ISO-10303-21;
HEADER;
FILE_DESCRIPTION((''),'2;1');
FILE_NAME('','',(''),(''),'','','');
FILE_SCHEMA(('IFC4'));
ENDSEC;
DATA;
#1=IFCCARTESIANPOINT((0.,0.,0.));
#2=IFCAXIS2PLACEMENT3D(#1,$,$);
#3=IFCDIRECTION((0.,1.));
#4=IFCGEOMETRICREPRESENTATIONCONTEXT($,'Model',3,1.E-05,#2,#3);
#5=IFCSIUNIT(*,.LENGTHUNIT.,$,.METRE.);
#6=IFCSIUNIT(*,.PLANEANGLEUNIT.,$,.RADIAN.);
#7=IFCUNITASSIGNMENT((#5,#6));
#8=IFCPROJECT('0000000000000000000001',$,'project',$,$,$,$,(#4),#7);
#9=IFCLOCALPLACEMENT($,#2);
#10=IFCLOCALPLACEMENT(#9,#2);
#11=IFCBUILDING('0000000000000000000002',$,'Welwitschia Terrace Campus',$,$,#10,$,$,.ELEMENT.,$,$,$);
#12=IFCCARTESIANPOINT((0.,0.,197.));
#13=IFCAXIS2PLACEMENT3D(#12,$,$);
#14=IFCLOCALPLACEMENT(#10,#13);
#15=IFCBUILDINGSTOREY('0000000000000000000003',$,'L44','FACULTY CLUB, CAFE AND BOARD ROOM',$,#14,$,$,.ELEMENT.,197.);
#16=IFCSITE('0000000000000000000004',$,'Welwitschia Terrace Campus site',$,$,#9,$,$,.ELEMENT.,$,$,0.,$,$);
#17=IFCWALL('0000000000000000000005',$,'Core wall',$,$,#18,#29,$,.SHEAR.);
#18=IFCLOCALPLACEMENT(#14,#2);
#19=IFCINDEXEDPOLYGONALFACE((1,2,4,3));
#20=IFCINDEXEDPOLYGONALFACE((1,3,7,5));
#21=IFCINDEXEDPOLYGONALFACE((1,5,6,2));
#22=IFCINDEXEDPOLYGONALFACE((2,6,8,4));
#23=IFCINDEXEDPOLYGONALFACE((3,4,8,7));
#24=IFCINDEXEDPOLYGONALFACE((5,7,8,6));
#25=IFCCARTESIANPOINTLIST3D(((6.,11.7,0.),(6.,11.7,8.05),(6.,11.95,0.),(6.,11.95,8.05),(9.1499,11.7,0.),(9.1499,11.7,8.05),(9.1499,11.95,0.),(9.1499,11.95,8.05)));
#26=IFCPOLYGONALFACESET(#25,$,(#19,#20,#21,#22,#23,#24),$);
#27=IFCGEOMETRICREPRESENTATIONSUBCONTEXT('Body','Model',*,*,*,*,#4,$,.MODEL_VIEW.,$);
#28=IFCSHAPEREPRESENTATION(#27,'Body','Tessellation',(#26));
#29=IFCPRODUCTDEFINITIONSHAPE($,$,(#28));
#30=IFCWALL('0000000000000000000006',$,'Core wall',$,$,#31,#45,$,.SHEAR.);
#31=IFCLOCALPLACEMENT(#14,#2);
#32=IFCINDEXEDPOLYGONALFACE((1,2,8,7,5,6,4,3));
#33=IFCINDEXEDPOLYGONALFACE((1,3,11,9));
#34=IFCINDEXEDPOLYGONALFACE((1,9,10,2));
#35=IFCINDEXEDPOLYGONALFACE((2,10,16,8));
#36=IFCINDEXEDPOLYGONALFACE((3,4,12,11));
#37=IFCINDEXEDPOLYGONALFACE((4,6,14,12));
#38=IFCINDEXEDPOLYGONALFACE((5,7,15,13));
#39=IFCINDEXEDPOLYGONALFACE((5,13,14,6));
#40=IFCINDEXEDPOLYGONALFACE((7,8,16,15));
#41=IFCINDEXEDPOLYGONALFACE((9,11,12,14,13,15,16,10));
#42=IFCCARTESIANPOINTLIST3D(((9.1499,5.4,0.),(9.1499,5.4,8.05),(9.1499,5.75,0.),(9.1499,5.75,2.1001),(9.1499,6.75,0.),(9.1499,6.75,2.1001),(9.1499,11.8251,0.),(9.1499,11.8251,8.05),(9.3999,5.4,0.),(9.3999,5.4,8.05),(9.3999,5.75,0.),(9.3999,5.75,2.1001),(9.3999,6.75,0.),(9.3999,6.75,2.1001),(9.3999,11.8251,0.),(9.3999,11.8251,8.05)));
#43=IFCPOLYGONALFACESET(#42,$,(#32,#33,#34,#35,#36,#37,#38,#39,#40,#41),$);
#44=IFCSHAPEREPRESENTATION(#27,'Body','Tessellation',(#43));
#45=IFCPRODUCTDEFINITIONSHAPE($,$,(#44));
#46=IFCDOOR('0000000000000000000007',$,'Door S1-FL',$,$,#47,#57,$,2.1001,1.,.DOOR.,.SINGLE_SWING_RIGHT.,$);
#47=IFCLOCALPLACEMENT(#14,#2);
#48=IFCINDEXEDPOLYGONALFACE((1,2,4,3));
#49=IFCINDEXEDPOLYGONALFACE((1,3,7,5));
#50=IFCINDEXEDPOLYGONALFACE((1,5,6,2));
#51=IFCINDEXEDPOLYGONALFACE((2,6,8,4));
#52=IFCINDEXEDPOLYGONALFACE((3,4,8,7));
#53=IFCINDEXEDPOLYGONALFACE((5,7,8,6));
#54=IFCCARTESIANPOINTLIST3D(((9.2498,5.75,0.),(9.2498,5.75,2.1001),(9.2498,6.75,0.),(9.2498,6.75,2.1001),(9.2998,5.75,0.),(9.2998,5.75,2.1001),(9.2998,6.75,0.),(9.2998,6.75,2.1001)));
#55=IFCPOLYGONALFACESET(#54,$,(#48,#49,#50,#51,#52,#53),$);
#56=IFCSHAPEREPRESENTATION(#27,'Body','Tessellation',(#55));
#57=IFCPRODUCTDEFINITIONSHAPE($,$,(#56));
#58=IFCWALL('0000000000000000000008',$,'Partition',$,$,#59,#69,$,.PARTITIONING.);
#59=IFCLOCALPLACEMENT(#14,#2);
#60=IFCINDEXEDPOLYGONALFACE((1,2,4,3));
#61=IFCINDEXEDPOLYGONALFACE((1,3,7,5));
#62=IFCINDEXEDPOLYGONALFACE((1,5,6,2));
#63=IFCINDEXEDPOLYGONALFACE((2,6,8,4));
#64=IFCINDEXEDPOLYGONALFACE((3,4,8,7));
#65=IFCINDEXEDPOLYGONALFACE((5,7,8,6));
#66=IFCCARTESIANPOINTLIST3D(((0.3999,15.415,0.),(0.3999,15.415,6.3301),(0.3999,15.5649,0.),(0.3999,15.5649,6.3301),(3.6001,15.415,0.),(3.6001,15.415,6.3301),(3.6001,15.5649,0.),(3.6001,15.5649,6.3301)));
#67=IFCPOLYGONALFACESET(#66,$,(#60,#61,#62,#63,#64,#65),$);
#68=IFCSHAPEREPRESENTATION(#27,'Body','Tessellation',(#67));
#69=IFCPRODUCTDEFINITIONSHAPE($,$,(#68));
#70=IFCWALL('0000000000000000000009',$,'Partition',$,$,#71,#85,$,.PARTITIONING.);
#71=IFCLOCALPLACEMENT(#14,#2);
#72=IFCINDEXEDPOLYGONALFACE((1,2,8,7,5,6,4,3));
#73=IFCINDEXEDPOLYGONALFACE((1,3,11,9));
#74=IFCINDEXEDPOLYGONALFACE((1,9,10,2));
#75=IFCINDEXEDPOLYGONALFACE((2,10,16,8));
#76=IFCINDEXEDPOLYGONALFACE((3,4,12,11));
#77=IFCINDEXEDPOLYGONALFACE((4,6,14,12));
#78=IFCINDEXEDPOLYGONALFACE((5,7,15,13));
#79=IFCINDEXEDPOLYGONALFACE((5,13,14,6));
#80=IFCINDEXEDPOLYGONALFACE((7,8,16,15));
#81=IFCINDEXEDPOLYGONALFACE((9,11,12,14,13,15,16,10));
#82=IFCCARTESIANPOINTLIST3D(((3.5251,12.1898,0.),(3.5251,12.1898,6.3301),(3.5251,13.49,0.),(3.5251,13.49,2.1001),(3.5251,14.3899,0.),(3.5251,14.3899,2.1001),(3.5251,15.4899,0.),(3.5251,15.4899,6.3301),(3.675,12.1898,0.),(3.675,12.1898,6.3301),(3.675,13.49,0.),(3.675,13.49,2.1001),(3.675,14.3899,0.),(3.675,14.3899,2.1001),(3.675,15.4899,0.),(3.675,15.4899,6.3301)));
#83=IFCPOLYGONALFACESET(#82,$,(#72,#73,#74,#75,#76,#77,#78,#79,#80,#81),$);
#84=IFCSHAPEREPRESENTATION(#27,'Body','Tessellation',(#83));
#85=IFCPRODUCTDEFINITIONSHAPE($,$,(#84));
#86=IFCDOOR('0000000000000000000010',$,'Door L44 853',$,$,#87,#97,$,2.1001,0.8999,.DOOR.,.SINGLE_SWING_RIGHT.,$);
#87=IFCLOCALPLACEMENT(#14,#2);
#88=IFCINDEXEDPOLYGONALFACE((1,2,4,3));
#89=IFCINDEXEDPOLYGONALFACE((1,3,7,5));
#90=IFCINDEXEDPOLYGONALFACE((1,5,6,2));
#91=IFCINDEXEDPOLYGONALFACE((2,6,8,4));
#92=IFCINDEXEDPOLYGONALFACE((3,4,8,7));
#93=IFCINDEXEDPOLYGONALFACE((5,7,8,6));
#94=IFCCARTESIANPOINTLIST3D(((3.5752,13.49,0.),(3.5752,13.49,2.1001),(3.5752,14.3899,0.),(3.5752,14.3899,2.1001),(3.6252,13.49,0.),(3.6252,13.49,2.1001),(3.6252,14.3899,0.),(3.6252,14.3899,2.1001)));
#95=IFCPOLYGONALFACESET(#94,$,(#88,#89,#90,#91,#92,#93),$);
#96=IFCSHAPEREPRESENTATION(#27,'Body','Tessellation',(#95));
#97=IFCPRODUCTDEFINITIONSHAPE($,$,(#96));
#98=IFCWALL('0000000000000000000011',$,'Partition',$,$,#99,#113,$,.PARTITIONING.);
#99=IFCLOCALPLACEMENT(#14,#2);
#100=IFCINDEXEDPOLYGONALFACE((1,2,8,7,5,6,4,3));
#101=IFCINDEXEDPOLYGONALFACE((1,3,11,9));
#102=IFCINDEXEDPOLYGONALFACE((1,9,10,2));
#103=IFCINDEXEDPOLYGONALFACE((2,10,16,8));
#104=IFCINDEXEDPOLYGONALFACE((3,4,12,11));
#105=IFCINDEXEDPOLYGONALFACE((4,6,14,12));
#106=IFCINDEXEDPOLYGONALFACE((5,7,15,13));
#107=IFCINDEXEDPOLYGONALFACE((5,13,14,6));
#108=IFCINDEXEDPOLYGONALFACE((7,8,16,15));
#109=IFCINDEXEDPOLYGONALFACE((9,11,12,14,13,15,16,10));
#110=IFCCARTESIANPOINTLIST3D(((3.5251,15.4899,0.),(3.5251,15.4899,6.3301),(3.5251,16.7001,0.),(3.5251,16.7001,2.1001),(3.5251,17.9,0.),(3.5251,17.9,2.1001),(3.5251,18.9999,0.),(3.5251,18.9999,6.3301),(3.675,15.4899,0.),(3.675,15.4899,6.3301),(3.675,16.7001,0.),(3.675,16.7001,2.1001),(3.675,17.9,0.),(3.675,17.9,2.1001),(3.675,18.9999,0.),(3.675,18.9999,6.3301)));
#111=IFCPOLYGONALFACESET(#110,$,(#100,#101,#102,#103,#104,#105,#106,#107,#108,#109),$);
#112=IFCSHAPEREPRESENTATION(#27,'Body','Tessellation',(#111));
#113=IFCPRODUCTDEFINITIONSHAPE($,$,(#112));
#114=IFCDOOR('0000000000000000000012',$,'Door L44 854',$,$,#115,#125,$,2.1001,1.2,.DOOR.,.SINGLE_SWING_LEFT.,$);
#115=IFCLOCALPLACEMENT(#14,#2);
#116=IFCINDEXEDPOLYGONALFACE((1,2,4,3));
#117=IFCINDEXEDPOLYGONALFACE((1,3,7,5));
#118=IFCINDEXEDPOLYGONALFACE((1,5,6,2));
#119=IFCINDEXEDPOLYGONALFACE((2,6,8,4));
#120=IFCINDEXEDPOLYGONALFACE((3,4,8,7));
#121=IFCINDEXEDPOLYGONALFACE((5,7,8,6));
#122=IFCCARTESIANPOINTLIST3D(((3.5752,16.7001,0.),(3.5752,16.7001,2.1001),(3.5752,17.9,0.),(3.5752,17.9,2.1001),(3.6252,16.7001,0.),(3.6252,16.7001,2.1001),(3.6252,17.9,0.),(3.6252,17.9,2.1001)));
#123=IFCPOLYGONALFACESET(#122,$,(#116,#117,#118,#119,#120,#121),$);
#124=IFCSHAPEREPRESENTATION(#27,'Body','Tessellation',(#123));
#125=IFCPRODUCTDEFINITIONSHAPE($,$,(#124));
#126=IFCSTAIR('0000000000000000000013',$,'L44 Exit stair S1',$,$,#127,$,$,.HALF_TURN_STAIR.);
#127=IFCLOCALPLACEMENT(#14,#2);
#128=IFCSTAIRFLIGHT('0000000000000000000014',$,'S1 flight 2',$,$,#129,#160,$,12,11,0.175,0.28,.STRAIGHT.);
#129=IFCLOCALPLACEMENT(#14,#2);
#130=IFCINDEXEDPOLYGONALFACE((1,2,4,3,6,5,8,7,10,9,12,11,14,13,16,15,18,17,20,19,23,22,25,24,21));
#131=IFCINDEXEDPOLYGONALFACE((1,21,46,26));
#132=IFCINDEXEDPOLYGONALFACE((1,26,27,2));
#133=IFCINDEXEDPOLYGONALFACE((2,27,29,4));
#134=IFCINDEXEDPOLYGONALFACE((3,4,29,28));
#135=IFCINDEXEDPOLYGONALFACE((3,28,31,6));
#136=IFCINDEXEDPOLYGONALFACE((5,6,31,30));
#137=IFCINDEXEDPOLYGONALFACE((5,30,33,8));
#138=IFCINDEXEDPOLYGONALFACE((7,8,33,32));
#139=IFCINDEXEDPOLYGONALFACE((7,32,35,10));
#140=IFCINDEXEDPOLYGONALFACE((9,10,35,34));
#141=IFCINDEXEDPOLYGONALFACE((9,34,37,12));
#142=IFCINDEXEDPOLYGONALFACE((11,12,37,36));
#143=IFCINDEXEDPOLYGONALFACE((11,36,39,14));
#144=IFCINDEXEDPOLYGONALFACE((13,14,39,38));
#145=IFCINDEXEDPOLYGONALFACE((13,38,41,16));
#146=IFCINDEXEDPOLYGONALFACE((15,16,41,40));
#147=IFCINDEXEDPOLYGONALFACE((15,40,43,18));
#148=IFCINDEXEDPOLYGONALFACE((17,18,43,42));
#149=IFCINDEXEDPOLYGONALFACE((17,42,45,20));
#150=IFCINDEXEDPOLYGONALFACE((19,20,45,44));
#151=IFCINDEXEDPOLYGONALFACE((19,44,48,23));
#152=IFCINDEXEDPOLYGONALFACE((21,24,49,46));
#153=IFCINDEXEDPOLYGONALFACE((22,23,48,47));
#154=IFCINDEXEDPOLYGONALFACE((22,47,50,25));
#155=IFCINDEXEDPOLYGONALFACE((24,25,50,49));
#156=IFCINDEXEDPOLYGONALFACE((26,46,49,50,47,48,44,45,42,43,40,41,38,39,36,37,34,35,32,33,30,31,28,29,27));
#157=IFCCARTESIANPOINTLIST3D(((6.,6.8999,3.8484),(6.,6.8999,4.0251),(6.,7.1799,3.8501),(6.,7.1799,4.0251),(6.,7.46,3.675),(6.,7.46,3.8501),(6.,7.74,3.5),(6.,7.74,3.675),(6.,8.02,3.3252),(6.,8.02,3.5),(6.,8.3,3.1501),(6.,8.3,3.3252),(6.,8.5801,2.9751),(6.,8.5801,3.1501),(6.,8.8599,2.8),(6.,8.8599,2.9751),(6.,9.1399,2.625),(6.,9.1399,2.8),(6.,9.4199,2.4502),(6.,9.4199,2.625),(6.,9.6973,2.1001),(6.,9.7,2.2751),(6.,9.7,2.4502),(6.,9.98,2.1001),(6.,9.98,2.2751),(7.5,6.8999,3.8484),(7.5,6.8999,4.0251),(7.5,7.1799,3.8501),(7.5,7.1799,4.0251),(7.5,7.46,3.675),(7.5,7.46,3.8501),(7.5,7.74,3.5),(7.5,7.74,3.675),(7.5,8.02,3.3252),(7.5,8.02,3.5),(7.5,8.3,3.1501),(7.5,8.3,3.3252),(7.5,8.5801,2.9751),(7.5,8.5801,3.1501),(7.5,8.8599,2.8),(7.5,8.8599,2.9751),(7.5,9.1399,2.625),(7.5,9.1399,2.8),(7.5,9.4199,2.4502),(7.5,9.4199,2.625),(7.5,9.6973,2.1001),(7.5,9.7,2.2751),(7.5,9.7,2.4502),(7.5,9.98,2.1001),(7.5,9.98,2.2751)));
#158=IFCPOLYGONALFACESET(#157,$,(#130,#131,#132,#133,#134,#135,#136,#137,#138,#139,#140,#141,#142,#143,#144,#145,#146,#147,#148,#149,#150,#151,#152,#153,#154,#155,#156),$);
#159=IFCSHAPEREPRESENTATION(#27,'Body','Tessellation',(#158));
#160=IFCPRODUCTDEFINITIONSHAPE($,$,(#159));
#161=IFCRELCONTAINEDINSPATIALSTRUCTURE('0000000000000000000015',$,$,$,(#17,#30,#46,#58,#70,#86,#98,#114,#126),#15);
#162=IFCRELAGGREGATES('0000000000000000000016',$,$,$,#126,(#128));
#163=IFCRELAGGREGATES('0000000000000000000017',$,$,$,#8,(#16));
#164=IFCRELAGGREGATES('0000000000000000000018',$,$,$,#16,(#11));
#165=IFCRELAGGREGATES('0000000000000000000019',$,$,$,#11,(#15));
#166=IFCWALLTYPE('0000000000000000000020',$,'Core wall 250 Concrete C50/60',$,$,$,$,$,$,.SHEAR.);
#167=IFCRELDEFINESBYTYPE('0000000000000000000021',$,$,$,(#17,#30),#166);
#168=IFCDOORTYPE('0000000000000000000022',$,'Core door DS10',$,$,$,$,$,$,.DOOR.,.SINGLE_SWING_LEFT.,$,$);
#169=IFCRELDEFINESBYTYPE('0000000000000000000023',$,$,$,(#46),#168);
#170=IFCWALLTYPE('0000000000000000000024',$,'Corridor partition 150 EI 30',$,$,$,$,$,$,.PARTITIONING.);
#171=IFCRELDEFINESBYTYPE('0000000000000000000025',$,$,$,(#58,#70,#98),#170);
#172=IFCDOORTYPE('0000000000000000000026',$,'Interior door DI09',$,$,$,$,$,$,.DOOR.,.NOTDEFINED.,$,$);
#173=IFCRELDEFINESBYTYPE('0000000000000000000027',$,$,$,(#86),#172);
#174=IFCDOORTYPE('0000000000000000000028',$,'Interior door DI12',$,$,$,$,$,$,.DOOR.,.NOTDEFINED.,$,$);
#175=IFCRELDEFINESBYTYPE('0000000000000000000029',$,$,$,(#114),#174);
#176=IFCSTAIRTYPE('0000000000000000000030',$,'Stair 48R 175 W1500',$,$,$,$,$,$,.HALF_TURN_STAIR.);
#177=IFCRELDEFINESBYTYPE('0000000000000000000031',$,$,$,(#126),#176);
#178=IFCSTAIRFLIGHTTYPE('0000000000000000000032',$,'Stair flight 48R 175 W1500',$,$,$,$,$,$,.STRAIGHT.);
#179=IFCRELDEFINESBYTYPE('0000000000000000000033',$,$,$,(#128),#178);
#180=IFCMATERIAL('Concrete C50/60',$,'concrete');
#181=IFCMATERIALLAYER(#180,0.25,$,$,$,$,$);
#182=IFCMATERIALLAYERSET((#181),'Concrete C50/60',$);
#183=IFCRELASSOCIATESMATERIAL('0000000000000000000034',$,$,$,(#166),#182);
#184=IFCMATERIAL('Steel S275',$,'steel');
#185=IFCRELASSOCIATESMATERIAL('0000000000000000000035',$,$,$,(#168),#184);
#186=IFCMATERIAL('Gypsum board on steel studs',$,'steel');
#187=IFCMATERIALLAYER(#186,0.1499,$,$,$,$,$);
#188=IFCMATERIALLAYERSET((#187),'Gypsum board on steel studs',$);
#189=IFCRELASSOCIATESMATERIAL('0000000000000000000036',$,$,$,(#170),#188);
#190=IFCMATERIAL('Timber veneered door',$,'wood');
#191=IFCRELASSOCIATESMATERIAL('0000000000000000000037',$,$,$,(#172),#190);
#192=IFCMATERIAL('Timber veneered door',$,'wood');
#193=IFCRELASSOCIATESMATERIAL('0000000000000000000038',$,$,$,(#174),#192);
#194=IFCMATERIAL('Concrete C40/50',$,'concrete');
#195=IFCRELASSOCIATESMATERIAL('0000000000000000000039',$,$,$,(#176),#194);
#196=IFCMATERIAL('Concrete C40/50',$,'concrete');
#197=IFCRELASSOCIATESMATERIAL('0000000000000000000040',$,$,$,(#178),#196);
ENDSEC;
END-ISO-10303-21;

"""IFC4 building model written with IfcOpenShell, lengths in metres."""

from ifc_helpers import new_model, si_unit, direction, frame, frame_2d, origin, place, context, subcontext, project, spatial, polyline, rectangle, outline, extrude, material, layer, layer_set, type_object, element, fill, aggregate, save


model = new_model("IFC4")

# Units and contexts
model_context = context("Model", 3, precision=1e-05, world=origin(), true_north=direction((0.0, 1.0)))
body_context = subcontext(model_context, "Body", "Model", "MODEL_VIEW")
ifc_project = project(units=[si_unit("LENGTHUNIT", "METRE"), si_unit("PLANEANGLEUNIT", "RADIAN")], contexts=[model_context])

# Site, building, storey
site_placement = place(None, origin())
site = spatial("IfcSite", under=ifc_project, at=site_placement, Name="Welwitschia Terrace Campus site", CompositionType="ELEMENT", RefElevation=0.0)
building_placement = place(site_placement, origin())
building = spatial("IfcBuilding", under=site, at=building_placement, Name="Welwitschia Terrace Campus", CompositionType="ELEMENT")
storey_placement = place(building_placement, frame((0.0, 0.0, 197.0)))
storey = spatial("IfcBuildingStorey", under=building, at=storey_placement, Name="L44", Description="FACULTY CLUB, CAFE AND BOARD ROOM", CompositionType="ELEMENT", Elevation=197.0)

# Wall
ifc_material_1 = material(Name="Concrete C50/60", Category="concrete")
ifc_layer_1 = layer(ifc_material_1, 0.25)
ifc_layer_set_1 = layer_set([ifc_layer_1], Name="Concrete C50/60")
wall_type_1 = type_object("IfcWallType", Name="Core wall 250 Concrete C50/60", PredefinedType="SHEAR", material=ifc_layer_set_1)
wall_1_placement = place(storey_placement, frame((6.0, 11.825, 0.0), z_axis=(0.0, 0.0, 1.0), x_axis=(1.0, 0.0, 0.0)))
element("IfcWall", 1, at=wall_1_placement, inside=storey, type_object=wall_type_1, Name="Core wall", PredefinedType="SHEAR", context=body_context, shape_type="SweptSolid", body=[
    extrude(rectangle(XDim=3.1499, YDim=0.25, at=frame_2d((1.575, 0.0))), origin(), (0.0, 0.0, 1.0), 8.05),
])

# Wall, opening, door
wall_2_placement = place(storey_placement, frame((9.2749, 11.825, 0.0), z_axis=(0.0, 0.0, 1.0), x_axis=(0.0, -1.0, 0.0)))
wall_2 = element("IfcWall", 2, at=wall_2_placement, inside=storey, type_object=wall_type_1, Name="Core wall", PredefinedType="SHEAR", context=body_context, shape_type="SweptSolid", body=[
    extrude(rectangle(XDim=6.425, YDim=0.25, at=frame_2d((3.2124, 0.0))), origin(), (0.0, 0.0, 1.0), 8.05),
])
opening_1_placement = place(wall_2_placement, frame((5.075, 0.0, 0.0)))
opening_1 = element("IfcOpeningElement", 3, at=opening_1_placement, cuts=wall_2, PredefinedType="OPENING", context=body_context, shape_type="SweptSolid", body=[
    extrude(rectangle(XDim=1.0, YDim=2.1001, at=frame_2d((0.5, 1.05))), frame((0.0, 0.135, 0.0), z_axis=(0.0, -1.0, 0.0), x_axis=(1.0, 0.0, 0.0)), (0.0, 0.0, 1.0), 0.27),
])
ifc_material_2 = material(Name="Steel S275", Category="steel")
door_type_1 = type_object("IfcDoorType", Name="Core door DS10", OperationType="SINGLE_SWING_LEFT", PredefinedType="DOOR", material=ifc_material_2)
door_1_placement = place(opening_1_placement, origin())
door_1 = element("IfcDoor", 4, at=door_1_placement, inside=storey, type_object=door_type_1, Name="Door S1-FL", OperationType="SINGLE_SWING_RIGHT", OverallHeight=2.1001, OverallWidth=1.0, PredefinedType="DOOR", context=body_context, shape_type="SweptSolid", body=[
    extrude(rectangle(XDim=1.0, YDim=2.1001, at=frame_2d((0.5, 1.05))), frame((0.0, 0.0249, 0.0), z_axis=(0.0, -1.0, 0.0), x_axis=(1.0, 0.0, 0.0)), (0.0, 0.0, 1.0), 0.05),
])
fill(opening_1, door_1)

# Wall
ifc_material_3 = material(Name="Gypsum board on steel studs", Category="steel")
ifc_layer_2 = layer(ifc_material_3, 0.1499)
ifc_layer_set_2 = layer_set([ifc_layer_2], Name="Gypsum board on steel studs")
wall_type_2 = type_object("IfcWallType", Name="Corridor partition 150 EI 30", PredefinedType="PARTITIONING", material=ifc_layer_set_2)
wall_3_placement = place(storey_placement, frame((0.3999, 15.49, 0.0), z_axis=(0.0, 0.0, 1.0), x_axis=(1.0, 0.0, 0.0)))
element("IfcWall", 5, at=wall_3_placement, inside=storey, type_object=wall_type_2, Name="Partition", PredefinedType="PARTITIONING", context=body_context, shape_type="SweptSolid", body=[
    extrude(rectangle(XDim=3.2002, YDim=0.1499, at=frame_2d((1.6001, 0.0))), origin(), (0.0, 0.0, 1.0), 6.3301),
])

# Walls, openings, doors
wall_4_placement = place(storey_placement, frame((3.6001, 12.1899, 0.0), z_axis=(0.0, 0.0, 1.0), x_axis=(0.0, 1.0, 0.0)))
wall_4 = element("IfcWall", 6, at=wall_4_placement, inside=storey, type_object=wall_type_2, Name="Partition", PredefinedType="PARTITIONING", context=body_context, shape_type="SweptSolid", body=[
    extrude(rectangle(XDim=3.3, YDim=0.1499, at=frame_2d((1.6499, 0.0))), origin(), (0.0, 0.0, 1.0), 6.3301),
])
opening_2_placement = place(wall_4_placement, frame((1.3, 0.0, 0.0)))
opening_2 = element("IfcOpeningElement", 7, at=opening_2_placement, cuts=wall_4, PredefinedType="OPENING", context=body_context, shape_type="SweptSolid", body=[
    extrude(rectangle(XDim=0.8999, YDim=2.1001, at=frame_2d((0.45, 1.05))), frame((0.0, 0.085, 0.0), z_axis=(0.0, -1.0, 0.0), x_axis=(1.0, 0.0, 0.0)), (0.0, 0.0, 1.0), 0.1699),
])
ifc_material_4 = material(Name="Timber veneered door", Category="wood")
door_type_2 = type_object("IfcDoorType", Name="Interior door DI09", OperationType="NOTDEFINED", PredefinedType="DOOR", material=ifc_material_4)
door_2_placement = place(opening_2_placement, origin())
door_2 = element("IfcDoor", 8, at=door_2_placement, inside=storey, type_object=door_type_2, Name="Door L44 853", OperationType="SINGLE_SWING_RIGHT", OverallHeight=2.1001, OverallWidth=0.8999, PredefinedType="DOOR", context=body_context, shape_type="SweptSolid", body=[
    extrude(rectangle(XDim=0.8999, YDim=2.1001, at=frame_2d((0.45, 1.05))), frame((0.0, 0.0249, 0.0), z_axis=(0.0, -1.0, 0.0), x_axis=(1.0, 0.0, 0.0)), (0.0, 0.0, 1.0), 0.05),
])
fill(opening_2, door_2)
wall_5_placement = place(storey_placement, frame((3.6001, 15.49, 0.0), z_axis=(0.0, 0.0, 1.0), x_axis=(0.0, 1.0, 0.0)))
wall_5 = element("IfcWall", 9, at=wall_5_placement, inside=storey, type_object=wall_type_2, Name="Partition", PredefinedType="PARTITIONING", context=body_context, shape_type="SweptSolid", body=[
    extrude(rectangle(XDim=3.51, YDim=0.1499, at=frame_2d((1.7549, 0.0))), origin(), (0.0, 0.0, 1.0), 6.3301),
])
opening_3_placement = place(wall_5_placement, frame((1.21, 0.0, 0.0)))
opening_3 = element("IfcOpeningElement", 10, at=opening_3_placement, cuts=wall_5, PredefinedType="OPENING", context=body_context, shape_type="SweptSolid", body=[
    extrude(rectangle(XDim=1.2, YDim=2.1001, at=frame_2d((0.6001, 1.05))), frame((0.0, 0.085, 0.0), z_axis=(0.0, -1.0, 0.0), x_axis=(1.0, 0.0, 0.0)), (0.0, 0.0, 1.0), 0.1699),
])
ifc_material_5 = material(Name="Timber veneered door", Category="wood")
door_type_3 = type_object("IfcDoorType", Name="Interior door DI12", OperationType="NOTDEFINED", PredefinedType="DOOR", material=ifc_material_5)
door_3_placement = place(opening_3_placement, origin())
door_3 = element("IfcDoor", 11, at=door_3_placement, inside=storey, type_object=door_type_3, Name="Door L44 854", OperationType="SINGLE_SWING_LEFT", OverallHeight=2.1001, OverallWidth=1.2, PredefinedType="DOOR", context=body_context, shape_type="SweptSolid", body=[
    extrude(rectangle(XDim=1.2, YDim=2.1001, at=frame_2d((0.6001, 1.05))), frame((0.0, 0.0249, 0.0), z_axis=(0.0, -1.0, 0.0), x_axis=(1.0, 0.0, 0.0)), (0.0, 0.0, 1.0), 0.05),
])
fill(opening_3, door_3)

# Stair, stair flight
ifc_material_6 = material(Name="Concrete C40/50", Category="concrete")
stair_type = type_object("IfcStairType", Name="Stair 48R 175 W1500", PredefinedType="HALF_TURN_STAIR", material=ifc_material_6)
stair_1_placement = place(storey_placement, origin())
stair_1 = element("IfcStair", 12, at=stair_1_placement, inside=storey, type_object=stair_type, Name="L44 Exit stair S1", PredefinedType="HALF_TURN_STAIR")
ifc_material_7 = material(Name="Concrete C40/50", Category="concrete")
stair_flight_type = type_object("IfcStairFlightType", Name="Stair flight 48R 175 W1500", PredefinedType="STRAIGHT", material=ifc_material_7)
stair_flight_1_placement = place(storey_placement, frame((6.75, 9.98, 2.1001), z_axis=(0.0, 0.0, 1.0), x_axis=(0.0, -1.0, 0.0)))
stair_flight_1 = element("IfcStairFlight", 13, at=stair_flight_1_placement, type_object=stair_flight_type, Name="S1 flight 2", NumberOfRisers=12, NumberOfTreads=11, PredefinedType="STRAIGHT", RiserHeight=0.175, TreadLength=0.28, context=body_context, shape_type="SweptSolid", body=[
    extrude(outline(polyline([(0.0, 0.0), (0.0, 0.175), (0.28, 0.175), (0.28, 0.3501), (0.5601, 0.3501), (0.5601, 0.5249), (0.8401, 0.5249), (0.8401, 0.7), (1.1201, 0.7), (1.1201, 0.875), (1.3999, 0.875), (1.3999, 1.05), (1.6799, 1.05), (1.6799, 1.2251), (1.96, 1.2251), (1.96, 1.3999), (2.24, 1.3999), (2.24, 1.575), (2.52, 1.575), (2.52, 1.75), (2.8, 1.75), (2.8, 1.925), (3.0801, 1.925), (3.0801, 2.1001), (3.0801, 1.7483), (0.2827, 0.0), (0.0, 0.0)])), frame((0.0, 0.75, 0.0), z_axis=(0.0, -1.0, 0.0), x_axis=(1.0, 0.0, 0.0)), (0.0, 0.0, 1.0), 1.5),
])
aggregate(stair_1, [stair_flight_1])

save(model, "model.ifc")
